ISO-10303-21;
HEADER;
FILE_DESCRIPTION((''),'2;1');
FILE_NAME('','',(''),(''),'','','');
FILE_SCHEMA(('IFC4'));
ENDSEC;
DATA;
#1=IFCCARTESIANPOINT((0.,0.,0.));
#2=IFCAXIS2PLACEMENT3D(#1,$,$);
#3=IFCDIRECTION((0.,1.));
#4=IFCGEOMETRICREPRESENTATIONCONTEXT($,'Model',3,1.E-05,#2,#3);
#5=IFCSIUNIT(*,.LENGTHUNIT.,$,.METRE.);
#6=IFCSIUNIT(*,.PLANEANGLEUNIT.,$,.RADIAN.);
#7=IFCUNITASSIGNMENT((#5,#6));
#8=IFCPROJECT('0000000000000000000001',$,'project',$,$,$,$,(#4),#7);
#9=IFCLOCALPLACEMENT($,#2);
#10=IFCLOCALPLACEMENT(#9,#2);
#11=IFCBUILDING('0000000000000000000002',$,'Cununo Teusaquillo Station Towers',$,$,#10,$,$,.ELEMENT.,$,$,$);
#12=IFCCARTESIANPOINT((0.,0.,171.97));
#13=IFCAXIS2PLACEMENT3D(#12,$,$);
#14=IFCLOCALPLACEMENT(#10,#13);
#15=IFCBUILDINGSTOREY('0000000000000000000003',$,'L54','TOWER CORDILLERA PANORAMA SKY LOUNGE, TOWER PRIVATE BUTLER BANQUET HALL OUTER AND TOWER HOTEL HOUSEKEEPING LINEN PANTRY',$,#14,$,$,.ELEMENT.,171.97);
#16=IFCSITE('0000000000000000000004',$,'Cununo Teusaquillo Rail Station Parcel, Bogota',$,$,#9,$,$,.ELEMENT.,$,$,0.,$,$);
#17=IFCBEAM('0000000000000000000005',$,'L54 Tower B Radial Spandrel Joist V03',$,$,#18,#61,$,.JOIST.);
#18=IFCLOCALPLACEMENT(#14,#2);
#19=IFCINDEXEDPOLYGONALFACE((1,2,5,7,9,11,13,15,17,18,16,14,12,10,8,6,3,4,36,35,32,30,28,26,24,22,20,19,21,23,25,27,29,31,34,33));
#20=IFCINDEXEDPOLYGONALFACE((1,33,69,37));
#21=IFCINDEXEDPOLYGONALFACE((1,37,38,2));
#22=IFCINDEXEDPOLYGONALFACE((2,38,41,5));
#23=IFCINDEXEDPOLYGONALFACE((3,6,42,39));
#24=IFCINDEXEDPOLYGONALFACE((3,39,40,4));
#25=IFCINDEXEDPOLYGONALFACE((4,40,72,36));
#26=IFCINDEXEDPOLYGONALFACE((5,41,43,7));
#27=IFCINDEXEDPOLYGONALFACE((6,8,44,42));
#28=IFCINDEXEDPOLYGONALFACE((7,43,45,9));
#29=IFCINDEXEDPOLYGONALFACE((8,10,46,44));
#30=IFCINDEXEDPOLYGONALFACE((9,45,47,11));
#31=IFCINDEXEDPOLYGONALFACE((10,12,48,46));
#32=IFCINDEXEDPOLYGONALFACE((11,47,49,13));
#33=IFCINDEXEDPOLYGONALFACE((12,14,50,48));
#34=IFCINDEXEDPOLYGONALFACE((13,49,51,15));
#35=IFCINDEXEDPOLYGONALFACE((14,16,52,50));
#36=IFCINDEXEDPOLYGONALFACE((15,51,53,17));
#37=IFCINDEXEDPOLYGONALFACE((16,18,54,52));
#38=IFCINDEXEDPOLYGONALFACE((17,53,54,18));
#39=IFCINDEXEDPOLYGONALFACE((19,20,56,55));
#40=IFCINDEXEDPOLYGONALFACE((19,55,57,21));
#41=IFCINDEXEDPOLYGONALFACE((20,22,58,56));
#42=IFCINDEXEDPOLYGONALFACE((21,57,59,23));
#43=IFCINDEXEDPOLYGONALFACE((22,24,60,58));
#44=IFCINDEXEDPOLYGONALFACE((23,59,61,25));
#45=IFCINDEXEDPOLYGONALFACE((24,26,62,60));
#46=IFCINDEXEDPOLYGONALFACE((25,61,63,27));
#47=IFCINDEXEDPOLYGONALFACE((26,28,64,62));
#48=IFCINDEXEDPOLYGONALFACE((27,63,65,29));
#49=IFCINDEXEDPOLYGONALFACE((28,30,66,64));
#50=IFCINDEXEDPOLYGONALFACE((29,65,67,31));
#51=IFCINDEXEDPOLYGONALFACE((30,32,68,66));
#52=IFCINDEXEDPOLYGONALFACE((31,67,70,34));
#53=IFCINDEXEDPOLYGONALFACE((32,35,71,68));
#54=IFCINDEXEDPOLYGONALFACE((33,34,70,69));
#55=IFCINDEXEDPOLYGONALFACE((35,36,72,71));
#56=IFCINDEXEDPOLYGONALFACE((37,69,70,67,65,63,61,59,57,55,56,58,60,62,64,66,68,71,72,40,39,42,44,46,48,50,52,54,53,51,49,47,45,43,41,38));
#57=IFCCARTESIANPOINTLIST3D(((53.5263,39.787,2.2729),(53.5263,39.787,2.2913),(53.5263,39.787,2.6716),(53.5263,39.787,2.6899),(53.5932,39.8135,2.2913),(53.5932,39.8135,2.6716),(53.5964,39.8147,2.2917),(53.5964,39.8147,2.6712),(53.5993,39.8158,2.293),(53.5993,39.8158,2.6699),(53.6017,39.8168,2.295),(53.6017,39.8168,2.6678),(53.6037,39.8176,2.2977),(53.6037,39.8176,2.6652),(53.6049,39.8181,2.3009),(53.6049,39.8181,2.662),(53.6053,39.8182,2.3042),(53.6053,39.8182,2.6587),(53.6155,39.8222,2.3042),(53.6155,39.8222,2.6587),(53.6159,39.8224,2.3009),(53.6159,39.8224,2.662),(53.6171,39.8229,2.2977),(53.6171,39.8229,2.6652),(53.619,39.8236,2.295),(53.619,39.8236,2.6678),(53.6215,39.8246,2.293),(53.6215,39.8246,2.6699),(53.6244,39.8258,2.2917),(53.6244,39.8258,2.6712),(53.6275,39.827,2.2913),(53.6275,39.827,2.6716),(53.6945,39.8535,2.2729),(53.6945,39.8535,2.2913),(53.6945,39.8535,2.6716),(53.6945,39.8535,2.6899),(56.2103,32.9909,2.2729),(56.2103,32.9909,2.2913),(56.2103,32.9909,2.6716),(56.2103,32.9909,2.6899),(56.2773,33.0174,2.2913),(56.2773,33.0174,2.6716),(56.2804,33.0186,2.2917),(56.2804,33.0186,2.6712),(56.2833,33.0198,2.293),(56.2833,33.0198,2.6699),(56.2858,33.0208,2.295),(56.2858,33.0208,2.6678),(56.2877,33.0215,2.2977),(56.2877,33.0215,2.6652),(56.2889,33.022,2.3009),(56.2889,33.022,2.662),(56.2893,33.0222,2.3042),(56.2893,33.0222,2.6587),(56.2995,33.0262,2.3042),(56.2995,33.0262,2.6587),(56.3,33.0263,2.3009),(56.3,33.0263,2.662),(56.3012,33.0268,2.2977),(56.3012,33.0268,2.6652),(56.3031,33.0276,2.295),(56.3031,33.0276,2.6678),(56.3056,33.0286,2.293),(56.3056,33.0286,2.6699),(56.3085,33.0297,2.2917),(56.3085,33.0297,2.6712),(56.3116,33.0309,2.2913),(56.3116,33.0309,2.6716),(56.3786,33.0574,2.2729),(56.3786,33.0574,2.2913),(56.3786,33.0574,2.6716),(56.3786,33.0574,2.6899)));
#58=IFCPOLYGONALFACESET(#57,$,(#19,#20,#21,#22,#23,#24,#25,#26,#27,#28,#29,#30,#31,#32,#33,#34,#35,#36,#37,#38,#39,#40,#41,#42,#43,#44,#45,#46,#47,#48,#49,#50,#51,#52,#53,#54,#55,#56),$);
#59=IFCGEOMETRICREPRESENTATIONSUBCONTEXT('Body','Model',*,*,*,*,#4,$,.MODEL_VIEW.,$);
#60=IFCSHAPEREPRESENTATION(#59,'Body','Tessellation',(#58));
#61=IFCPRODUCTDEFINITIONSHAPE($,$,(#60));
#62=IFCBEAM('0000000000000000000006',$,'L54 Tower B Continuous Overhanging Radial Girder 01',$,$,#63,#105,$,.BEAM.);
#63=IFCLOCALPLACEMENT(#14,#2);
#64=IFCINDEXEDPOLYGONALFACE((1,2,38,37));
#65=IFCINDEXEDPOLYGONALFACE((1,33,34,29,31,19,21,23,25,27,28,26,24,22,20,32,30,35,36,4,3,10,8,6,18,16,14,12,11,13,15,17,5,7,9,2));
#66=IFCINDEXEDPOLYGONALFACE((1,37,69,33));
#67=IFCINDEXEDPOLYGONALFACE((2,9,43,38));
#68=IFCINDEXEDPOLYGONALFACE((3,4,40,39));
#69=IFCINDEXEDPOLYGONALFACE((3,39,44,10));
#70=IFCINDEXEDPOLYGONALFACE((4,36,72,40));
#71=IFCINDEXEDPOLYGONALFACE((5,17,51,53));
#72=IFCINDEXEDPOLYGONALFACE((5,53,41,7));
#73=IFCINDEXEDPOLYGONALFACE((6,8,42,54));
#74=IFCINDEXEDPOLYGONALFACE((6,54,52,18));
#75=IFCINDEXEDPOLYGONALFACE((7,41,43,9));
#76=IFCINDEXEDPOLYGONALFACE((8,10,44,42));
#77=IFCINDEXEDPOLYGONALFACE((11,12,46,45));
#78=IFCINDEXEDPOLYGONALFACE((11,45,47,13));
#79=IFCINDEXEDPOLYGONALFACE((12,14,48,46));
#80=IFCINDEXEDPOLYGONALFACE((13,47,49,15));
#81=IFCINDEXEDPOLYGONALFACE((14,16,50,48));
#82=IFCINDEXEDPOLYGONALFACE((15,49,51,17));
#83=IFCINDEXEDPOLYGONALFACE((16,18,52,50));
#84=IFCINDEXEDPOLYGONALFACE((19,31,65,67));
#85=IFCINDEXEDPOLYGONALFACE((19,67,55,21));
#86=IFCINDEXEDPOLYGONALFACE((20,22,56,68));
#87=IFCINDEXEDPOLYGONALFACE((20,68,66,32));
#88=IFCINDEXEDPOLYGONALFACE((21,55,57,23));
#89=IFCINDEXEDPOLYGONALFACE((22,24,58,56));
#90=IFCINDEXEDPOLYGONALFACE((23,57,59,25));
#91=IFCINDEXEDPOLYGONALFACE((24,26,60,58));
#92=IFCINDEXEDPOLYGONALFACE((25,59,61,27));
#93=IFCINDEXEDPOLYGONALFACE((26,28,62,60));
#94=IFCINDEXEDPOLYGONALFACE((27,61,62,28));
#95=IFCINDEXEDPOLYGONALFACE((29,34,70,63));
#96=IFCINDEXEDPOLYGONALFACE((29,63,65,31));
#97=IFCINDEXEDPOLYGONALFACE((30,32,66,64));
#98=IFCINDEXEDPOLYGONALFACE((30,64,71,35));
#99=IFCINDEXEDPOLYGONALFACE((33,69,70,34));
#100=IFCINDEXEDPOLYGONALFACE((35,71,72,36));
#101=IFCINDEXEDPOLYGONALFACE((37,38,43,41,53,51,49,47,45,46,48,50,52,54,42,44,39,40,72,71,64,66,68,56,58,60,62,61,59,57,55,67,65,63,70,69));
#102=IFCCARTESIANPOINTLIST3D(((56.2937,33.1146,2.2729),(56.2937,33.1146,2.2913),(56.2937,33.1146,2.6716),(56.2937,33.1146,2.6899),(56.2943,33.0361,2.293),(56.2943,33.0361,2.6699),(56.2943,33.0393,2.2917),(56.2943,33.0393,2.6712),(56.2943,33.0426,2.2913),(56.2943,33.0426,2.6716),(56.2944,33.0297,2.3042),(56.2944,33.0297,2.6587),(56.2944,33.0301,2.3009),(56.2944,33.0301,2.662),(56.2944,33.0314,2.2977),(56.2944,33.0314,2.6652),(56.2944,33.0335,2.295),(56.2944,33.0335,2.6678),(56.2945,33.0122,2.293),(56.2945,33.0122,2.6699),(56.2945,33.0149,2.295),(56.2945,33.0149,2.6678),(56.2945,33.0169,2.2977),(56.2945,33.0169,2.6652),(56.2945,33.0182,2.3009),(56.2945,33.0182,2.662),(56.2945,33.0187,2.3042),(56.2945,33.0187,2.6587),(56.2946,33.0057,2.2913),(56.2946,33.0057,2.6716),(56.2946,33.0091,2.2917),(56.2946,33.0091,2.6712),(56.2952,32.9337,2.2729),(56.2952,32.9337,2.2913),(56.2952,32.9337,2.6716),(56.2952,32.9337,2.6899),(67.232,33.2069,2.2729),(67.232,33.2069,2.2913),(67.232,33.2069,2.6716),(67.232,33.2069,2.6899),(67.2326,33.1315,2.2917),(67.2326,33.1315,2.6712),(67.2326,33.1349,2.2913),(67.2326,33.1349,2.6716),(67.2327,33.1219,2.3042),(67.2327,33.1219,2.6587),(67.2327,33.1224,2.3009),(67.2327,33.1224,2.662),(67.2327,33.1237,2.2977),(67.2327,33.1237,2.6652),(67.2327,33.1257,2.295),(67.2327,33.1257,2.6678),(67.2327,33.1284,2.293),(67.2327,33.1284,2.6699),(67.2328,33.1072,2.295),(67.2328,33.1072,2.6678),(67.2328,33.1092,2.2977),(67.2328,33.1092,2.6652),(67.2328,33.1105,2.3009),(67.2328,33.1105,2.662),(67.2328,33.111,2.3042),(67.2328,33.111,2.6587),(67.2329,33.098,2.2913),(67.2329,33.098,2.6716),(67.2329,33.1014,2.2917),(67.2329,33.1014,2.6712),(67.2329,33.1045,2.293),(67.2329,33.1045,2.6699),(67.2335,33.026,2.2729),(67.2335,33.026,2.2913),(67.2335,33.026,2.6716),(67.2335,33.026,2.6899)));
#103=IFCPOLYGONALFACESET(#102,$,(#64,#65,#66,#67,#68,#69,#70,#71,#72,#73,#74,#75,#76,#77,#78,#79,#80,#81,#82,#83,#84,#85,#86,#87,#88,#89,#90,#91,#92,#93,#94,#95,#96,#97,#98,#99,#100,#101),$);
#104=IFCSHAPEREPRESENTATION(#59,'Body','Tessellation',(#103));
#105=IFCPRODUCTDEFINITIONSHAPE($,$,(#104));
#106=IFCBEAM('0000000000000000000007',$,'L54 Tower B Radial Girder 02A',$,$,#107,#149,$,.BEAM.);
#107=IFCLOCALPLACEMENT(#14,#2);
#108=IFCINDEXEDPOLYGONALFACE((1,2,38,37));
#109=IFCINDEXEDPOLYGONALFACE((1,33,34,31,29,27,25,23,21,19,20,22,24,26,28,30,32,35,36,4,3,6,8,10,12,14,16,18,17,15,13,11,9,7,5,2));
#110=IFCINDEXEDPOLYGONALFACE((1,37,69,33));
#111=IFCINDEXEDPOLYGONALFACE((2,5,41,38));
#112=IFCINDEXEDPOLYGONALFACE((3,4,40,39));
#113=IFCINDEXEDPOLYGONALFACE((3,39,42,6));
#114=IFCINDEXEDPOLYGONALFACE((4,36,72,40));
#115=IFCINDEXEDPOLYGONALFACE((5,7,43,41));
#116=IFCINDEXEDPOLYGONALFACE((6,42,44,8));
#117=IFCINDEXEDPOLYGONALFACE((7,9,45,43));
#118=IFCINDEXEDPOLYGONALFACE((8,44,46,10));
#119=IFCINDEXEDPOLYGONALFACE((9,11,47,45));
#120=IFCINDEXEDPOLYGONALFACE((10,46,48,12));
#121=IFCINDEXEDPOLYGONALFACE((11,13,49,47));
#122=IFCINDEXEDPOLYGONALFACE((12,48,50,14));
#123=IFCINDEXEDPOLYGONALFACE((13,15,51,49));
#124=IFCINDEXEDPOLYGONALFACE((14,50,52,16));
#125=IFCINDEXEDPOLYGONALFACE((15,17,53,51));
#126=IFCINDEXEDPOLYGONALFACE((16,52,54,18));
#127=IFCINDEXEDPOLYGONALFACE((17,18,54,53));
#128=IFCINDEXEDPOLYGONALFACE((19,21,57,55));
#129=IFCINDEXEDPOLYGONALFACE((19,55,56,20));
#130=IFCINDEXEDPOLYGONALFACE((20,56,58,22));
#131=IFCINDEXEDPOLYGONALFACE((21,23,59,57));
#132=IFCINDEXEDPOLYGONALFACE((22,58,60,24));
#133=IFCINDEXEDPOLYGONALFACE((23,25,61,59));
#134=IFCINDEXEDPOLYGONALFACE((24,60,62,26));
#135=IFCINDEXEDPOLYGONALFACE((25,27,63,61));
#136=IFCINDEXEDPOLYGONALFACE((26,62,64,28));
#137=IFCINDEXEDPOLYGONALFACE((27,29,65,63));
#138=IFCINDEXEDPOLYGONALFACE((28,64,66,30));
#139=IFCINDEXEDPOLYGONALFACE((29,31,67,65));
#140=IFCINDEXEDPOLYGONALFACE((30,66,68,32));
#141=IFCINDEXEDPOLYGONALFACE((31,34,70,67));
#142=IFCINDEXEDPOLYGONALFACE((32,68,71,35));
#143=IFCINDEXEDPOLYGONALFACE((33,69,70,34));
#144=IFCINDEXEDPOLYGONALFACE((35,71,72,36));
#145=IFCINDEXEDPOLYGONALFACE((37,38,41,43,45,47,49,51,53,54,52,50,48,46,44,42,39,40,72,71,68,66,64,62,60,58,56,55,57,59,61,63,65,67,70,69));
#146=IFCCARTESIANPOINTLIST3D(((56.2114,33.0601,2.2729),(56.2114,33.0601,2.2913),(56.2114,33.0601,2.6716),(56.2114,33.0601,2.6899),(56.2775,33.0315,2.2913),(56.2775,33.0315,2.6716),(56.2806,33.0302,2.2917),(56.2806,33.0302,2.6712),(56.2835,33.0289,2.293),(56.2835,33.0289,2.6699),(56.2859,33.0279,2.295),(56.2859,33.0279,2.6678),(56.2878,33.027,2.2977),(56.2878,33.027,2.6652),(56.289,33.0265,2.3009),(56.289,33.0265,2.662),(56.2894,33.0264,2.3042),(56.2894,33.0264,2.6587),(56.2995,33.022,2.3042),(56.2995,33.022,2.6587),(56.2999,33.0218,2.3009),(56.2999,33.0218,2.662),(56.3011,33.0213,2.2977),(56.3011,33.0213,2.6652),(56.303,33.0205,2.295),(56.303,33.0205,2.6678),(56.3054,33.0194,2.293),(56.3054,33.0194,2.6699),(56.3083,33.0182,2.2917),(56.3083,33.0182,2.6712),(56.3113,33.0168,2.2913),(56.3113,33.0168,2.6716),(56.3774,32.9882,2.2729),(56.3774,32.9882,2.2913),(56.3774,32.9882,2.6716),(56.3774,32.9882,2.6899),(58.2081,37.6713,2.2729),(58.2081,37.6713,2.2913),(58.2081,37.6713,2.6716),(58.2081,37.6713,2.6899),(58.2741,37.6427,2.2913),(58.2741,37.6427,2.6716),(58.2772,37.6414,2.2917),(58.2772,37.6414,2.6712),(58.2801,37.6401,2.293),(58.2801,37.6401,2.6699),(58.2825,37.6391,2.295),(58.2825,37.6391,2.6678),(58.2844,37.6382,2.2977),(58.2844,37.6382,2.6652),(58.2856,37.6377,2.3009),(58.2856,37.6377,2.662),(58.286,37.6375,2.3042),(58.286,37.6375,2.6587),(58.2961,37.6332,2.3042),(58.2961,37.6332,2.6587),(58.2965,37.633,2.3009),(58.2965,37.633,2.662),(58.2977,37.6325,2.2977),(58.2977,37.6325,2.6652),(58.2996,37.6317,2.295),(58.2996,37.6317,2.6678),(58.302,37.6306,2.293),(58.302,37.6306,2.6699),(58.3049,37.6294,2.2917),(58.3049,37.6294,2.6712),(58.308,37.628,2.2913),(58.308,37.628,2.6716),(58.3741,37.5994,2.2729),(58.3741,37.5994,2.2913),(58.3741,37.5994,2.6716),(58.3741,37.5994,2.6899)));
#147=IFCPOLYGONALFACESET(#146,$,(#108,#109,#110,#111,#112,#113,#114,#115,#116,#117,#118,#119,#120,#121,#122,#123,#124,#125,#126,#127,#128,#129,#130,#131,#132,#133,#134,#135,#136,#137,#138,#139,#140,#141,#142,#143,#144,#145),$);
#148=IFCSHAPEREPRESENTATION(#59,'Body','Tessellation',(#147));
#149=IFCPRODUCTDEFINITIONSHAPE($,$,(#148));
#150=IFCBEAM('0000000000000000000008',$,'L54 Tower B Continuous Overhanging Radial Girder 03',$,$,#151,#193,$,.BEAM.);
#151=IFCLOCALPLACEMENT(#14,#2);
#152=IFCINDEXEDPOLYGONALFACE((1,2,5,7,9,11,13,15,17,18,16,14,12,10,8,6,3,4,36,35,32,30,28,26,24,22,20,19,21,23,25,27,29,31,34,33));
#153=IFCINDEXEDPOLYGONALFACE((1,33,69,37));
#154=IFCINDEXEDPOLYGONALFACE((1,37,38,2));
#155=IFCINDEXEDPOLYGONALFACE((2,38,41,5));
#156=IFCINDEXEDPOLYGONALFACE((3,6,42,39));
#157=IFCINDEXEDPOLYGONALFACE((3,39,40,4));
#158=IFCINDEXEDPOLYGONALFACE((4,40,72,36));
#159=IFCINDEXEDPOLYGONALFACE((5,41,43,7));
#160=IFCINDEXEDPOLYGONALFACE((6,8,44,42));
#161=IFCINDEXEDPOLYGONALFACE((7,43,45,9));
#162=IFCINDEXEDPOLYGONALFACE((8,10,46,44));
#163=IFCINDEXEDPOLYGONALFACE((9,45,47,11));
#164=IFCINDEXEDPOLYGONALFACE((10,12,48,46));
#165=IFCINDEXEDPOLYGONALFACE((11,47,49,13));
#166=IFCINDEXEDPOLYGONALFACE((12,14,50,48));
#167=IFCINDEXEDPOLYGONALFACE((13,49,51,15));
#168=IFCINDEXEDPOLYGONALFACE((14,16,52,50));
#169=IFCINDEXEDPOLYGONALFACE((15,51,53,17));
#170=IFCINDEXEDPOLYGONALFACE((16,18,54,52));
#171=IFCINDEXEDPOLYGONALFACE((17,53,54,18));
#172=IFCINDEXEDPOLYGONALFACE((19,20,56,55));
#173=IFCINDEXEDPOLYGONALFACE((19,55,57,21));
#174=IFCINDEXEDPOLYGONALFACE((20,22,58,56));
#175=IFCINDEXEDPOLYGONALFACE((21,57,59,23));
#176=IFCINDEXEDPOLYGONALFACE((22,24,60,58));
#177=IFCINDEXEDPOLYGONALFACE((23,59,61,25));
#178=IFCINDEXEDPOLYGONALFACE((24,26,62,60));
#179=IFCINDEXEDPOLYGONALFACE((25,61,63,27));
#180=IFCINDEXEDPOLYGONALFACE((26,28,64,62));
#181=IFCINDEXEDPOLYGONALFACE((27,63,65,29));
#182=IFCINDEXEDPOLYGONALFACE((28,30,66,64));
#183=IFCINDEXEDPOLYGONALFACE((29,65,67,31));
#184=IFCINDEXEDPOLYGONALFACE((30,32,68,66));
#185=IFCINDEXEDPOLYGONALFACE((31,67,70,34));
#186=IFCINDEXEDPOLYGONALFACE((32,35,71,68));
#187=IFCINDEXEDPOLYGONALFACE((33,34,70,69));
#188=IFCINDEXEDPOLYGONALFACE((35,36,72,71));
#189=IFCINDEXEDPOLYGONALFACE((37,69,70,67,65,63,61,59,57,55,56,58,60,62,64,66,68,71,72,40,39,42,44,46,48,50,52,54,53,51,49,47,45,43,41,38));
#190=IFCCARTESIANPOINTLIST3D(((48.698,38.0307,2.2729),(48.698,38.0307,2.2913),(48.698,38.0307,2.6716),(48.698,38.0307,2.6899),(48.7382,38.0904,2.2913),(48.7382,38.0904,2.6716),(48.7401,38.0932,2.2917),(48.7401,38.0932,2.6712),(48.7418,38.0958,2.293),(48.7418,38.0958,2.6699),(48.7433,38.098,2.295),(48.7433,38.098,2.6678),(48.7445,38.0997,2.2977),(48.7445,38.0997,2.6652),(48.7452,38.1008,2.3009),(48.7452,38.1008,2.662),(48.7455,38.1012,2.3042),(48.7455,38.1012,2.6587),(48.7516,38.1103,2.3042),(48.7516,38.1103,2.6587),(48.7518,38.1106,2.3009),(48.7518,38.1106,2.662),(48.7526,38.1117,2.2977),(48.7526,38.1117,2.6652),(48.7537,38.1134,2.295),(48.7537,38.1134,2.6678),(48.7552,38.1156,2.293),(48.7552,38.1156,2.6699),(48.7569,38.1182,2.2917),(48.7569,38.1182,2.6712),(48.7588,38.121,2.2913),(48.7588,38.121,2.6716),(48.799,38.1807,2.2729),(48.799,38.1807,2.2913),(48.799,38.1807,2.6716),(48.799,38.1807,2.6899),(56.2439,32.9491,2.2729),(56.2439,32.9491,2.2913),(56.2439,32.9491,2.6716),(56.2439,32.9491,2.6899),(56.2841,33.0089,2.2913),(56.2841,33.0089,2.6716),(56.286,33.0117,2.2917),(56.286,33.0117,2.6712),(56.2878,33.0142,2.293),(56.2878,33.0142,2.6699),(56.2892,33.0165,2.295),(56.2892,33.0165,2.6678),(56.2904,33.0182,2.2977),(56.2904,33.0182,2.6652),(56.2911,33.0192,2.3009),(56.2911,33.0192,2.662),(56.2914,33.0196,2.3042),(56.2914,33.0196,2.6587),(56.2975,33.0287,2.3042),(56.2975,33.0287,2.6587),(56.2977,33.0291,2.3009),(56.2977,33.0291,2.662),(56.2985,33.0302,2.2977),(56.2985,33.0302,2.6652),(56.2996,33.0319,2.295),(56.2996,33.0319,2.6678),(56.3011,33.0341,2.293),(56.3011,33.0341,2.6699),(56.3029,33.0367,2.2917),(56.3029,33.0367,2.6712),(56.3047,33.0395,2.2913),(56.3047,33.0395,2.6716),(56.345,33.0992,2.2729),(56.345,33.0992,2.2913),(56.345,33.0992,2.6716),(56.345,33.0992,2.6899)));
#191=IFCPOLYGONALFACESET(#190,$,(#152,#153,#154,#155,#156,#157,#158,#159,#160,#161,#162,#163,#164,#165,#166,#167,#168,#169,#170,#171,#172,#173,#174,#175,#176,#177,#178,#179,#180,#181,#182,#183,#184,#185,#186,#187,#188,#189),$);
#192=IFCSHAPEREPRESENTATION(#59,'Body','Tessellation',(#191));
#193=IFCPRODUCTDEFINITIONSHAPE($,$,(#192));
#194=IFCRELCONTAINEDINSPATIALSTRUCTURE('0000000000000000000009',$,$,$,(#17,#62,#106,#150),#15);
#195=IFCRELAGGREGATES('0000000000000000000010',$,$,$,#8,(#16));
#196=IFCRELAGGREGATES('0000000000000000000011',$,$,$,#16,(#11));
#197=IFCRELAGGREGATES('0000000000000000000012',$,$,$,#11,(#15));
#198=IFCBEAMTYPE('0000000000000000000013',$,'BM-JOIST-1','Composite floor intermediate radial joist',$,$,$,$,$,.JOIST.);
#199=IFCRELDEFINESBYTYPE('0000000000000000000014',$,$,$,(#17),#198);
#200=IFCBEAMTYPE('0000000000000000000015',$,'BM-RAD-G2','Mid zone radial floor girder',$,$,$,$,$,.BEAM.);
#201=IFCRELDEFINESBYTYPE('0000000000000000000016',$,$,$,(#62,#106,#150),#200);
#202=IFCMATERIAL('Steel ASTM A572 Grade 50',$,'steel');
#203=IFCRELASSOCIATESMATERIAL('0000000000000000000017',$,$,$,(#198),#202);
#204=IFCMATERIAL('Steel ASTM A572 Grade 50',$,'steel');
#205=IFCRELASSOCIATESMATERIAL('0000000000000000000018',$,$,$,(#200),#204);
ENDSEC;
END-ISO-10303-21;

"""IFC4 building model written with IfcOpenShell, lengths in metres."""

from ifc_helpers import new_model, si_unit, direction, frame, origin, origin_2d, place, context, subcontext, project, spatial, i_section, extrude, material, material_profile, profile_set, type_object, element, save


model = new_model("IFC4")

# Units and contexts
model_context = context("Model", 3, precision=1e-05, world=origin(), true_north=direction((0.0, 1.0)))
body_context = subcontext(model_context, "Body", "Model", "MODEL_VIEW")
ifc_project = project(units=[si_unit("LENGTHUNIT", "METRE"), si_unit("PLANEANGLEUNIT", "RADIAN")], contexts=[model_context])

# Site, building, storey
site_placement = place(None, origin())
site = spatial("IfcSite", under=ifc_project, at=site_placement, Name="Cununo Teusaquillo Rail Station Parcel, Bogota", CompositionType="ELEMENT", RefElevation=0.0)
building_placement = place(site_placement, origin())
building = spatial("IfcBuilding", under=site, at=building_placement, Name="Cununo Teusaquillo Station Towers", CompositionType="ELEMENT")
storey_placement = place(building_placement, frame((0.0, 0.0, 171.97)))
storey = spatial("IfcBuildingStorey", under=building, at=storey_placement, Name="L54", Description="TOWER CORDILLERA PANORAMA SKY LOUNGE, TOWER PRIVATE BUTLER BANQUET HALL OUTER AND TOWER HOTEL HOUSEKEEPING LINEN PANTRY", CompositionType="ELEMENT", Elevation=171.97)

# Beams
ifc_material_1 = material(Name="Steel ASTM A572 Grade 50", Category="steel")
ifc_material_profile_1 = material_profile(ifc_material_1, i_section(OverallWidth=0.1809, OverallDepth=0.417, WebThickness=0.011, FlangeThickness=0.0183, FilletRadius=0.0129, at=origin_2d()), Name="W16X57")
ifc_profile_set_1 = profile_set([ifc_material_profile_1], Name="Steel ASTM A572 Grade 50")
beam_type_1 = type_object("IfcBeamType", Name="BM-JOIST-1", Description="Composite floor intermediate radial joist", PredefinedType="JOIST", material=ifc_profile_set_1)
beam_1_placement = place(storey_placement, frame((56.2944, 33.0242, 2.4814), z_axis=(-0.367332, 0.93009, 0.0), x_axis=(-0.93009, -0.367332, 0.0)))
element("IfcBeam", 1, at=beam_1_placement, inside=storey, type_object=beam_type_1, Name="L54 Tower B Radial Spandrel Joist V03", PredefinedType="JOIST", context=body_context, shape_type="SweptSolid", body=[
    extrude(i_section(OverallWidth=0.1809, OverallDepth=0.417, WebThickness=0.011, FlangeThickness=0.0183, FilletRadius=0.0129, at=origin_2d()), origin(), (0.0, 0.0, 1.0), 7.3069),
])
ifc_material_2 = material(Name="Steel ASTM A572 Grade 50", Category="steel")
ifc_material_profile_2 = material_profile(ifc_material_2, i_section(OverallWidth=0.1809, OverallDepth=0.417, WebThickness=0.011, FlangeThickness=0.0183, FilletRadius=0.0129, at=origin_2d()), Name="W16X57")
ifc_profile_set_2 = profile_set([ifc_material_profile_2], Name="Steel ASTM A572 Grade 50")
beam_type_2 = type_object("IfcBeamType", Name="BM-RAD-G2", Description="Mid zone radial floor girder", PredefinedType="BEAM", material=ifc_profile_set_2)
beam_2_placement = place(storey_placement, frame((56.2944, 33.0242, 2.4814), z_axis=(0.999964, 0.008437, 0.0), x_axis=(-0.008437, 0.999964, 0.0)))
element("IfcBeam", 2, at=beam_2_placement, inside=storey, type_object=beam_type_2, Name="L54 Tower B Continuous Overhanging Radial Girder 01", PredefinedType="BEAM", context=body_context, shape_type="SweptSolid", body=[
    extrude(i_section(OverallWidth=0.1809, OverallDepth=0.417, WebThickness=0.011, FlangeThickness=0.0183, FilletRadius=0.0129, at=origin_2d()), origin(), (0.0, 0.0, 1.0), 10.9387),
])
beam_3_placement = place(storey_placement, frame((56.2944, 33.0242, 2.4814), z_axis=(0.397347, 0.917668, 0.0), x_axis=(-0.917668, 0.397347, 0.0)))
element("IfcBeam", 3, at=beam_3_placement, inside=storey, type_object=beam_type_2, Name="L54 Tower B Radial Girder 02A", PredefinedType="BEAM", context=body_context, shape_type="SweptSolid", body=[
    extrude(i_section(OverallWidth=0.1809, OverallDepth=0.417, WebThickness=0.011, FlangeThickness=0.0183, FilletRadius=0.0129, at=origin_2d()), origin(), (0.0, 0.0, 1.0), 5.0249),
])
beam_4_placement = place(storey_placement, frame((56.2944, 33.0242, 2.4814), z_axis=(-0.829457, 0.558571, 0.0), x_axis=(-0.558571, -0.829457, 0.0)))
element("IfcBeam", 4, at=beam_4_placement, inside=storey, type_object=beam_type_2, Name="L54 Tower B Continuous Overhanging Radial Girder 03", PredefinedType="BEAM", context=body_context, shape_type="SweptSolid", body=[
    extrude(i_section(OverallWidth=0.1809, OverallDepth=0.417, WebThickness=0.011, FlangeThickness=0.0183, FilletRadius=0.0129, at=origin_2d()), origin(), (0.0, 0.0, 1.0), 9.0974),
])

save(model, "model.ifc")
